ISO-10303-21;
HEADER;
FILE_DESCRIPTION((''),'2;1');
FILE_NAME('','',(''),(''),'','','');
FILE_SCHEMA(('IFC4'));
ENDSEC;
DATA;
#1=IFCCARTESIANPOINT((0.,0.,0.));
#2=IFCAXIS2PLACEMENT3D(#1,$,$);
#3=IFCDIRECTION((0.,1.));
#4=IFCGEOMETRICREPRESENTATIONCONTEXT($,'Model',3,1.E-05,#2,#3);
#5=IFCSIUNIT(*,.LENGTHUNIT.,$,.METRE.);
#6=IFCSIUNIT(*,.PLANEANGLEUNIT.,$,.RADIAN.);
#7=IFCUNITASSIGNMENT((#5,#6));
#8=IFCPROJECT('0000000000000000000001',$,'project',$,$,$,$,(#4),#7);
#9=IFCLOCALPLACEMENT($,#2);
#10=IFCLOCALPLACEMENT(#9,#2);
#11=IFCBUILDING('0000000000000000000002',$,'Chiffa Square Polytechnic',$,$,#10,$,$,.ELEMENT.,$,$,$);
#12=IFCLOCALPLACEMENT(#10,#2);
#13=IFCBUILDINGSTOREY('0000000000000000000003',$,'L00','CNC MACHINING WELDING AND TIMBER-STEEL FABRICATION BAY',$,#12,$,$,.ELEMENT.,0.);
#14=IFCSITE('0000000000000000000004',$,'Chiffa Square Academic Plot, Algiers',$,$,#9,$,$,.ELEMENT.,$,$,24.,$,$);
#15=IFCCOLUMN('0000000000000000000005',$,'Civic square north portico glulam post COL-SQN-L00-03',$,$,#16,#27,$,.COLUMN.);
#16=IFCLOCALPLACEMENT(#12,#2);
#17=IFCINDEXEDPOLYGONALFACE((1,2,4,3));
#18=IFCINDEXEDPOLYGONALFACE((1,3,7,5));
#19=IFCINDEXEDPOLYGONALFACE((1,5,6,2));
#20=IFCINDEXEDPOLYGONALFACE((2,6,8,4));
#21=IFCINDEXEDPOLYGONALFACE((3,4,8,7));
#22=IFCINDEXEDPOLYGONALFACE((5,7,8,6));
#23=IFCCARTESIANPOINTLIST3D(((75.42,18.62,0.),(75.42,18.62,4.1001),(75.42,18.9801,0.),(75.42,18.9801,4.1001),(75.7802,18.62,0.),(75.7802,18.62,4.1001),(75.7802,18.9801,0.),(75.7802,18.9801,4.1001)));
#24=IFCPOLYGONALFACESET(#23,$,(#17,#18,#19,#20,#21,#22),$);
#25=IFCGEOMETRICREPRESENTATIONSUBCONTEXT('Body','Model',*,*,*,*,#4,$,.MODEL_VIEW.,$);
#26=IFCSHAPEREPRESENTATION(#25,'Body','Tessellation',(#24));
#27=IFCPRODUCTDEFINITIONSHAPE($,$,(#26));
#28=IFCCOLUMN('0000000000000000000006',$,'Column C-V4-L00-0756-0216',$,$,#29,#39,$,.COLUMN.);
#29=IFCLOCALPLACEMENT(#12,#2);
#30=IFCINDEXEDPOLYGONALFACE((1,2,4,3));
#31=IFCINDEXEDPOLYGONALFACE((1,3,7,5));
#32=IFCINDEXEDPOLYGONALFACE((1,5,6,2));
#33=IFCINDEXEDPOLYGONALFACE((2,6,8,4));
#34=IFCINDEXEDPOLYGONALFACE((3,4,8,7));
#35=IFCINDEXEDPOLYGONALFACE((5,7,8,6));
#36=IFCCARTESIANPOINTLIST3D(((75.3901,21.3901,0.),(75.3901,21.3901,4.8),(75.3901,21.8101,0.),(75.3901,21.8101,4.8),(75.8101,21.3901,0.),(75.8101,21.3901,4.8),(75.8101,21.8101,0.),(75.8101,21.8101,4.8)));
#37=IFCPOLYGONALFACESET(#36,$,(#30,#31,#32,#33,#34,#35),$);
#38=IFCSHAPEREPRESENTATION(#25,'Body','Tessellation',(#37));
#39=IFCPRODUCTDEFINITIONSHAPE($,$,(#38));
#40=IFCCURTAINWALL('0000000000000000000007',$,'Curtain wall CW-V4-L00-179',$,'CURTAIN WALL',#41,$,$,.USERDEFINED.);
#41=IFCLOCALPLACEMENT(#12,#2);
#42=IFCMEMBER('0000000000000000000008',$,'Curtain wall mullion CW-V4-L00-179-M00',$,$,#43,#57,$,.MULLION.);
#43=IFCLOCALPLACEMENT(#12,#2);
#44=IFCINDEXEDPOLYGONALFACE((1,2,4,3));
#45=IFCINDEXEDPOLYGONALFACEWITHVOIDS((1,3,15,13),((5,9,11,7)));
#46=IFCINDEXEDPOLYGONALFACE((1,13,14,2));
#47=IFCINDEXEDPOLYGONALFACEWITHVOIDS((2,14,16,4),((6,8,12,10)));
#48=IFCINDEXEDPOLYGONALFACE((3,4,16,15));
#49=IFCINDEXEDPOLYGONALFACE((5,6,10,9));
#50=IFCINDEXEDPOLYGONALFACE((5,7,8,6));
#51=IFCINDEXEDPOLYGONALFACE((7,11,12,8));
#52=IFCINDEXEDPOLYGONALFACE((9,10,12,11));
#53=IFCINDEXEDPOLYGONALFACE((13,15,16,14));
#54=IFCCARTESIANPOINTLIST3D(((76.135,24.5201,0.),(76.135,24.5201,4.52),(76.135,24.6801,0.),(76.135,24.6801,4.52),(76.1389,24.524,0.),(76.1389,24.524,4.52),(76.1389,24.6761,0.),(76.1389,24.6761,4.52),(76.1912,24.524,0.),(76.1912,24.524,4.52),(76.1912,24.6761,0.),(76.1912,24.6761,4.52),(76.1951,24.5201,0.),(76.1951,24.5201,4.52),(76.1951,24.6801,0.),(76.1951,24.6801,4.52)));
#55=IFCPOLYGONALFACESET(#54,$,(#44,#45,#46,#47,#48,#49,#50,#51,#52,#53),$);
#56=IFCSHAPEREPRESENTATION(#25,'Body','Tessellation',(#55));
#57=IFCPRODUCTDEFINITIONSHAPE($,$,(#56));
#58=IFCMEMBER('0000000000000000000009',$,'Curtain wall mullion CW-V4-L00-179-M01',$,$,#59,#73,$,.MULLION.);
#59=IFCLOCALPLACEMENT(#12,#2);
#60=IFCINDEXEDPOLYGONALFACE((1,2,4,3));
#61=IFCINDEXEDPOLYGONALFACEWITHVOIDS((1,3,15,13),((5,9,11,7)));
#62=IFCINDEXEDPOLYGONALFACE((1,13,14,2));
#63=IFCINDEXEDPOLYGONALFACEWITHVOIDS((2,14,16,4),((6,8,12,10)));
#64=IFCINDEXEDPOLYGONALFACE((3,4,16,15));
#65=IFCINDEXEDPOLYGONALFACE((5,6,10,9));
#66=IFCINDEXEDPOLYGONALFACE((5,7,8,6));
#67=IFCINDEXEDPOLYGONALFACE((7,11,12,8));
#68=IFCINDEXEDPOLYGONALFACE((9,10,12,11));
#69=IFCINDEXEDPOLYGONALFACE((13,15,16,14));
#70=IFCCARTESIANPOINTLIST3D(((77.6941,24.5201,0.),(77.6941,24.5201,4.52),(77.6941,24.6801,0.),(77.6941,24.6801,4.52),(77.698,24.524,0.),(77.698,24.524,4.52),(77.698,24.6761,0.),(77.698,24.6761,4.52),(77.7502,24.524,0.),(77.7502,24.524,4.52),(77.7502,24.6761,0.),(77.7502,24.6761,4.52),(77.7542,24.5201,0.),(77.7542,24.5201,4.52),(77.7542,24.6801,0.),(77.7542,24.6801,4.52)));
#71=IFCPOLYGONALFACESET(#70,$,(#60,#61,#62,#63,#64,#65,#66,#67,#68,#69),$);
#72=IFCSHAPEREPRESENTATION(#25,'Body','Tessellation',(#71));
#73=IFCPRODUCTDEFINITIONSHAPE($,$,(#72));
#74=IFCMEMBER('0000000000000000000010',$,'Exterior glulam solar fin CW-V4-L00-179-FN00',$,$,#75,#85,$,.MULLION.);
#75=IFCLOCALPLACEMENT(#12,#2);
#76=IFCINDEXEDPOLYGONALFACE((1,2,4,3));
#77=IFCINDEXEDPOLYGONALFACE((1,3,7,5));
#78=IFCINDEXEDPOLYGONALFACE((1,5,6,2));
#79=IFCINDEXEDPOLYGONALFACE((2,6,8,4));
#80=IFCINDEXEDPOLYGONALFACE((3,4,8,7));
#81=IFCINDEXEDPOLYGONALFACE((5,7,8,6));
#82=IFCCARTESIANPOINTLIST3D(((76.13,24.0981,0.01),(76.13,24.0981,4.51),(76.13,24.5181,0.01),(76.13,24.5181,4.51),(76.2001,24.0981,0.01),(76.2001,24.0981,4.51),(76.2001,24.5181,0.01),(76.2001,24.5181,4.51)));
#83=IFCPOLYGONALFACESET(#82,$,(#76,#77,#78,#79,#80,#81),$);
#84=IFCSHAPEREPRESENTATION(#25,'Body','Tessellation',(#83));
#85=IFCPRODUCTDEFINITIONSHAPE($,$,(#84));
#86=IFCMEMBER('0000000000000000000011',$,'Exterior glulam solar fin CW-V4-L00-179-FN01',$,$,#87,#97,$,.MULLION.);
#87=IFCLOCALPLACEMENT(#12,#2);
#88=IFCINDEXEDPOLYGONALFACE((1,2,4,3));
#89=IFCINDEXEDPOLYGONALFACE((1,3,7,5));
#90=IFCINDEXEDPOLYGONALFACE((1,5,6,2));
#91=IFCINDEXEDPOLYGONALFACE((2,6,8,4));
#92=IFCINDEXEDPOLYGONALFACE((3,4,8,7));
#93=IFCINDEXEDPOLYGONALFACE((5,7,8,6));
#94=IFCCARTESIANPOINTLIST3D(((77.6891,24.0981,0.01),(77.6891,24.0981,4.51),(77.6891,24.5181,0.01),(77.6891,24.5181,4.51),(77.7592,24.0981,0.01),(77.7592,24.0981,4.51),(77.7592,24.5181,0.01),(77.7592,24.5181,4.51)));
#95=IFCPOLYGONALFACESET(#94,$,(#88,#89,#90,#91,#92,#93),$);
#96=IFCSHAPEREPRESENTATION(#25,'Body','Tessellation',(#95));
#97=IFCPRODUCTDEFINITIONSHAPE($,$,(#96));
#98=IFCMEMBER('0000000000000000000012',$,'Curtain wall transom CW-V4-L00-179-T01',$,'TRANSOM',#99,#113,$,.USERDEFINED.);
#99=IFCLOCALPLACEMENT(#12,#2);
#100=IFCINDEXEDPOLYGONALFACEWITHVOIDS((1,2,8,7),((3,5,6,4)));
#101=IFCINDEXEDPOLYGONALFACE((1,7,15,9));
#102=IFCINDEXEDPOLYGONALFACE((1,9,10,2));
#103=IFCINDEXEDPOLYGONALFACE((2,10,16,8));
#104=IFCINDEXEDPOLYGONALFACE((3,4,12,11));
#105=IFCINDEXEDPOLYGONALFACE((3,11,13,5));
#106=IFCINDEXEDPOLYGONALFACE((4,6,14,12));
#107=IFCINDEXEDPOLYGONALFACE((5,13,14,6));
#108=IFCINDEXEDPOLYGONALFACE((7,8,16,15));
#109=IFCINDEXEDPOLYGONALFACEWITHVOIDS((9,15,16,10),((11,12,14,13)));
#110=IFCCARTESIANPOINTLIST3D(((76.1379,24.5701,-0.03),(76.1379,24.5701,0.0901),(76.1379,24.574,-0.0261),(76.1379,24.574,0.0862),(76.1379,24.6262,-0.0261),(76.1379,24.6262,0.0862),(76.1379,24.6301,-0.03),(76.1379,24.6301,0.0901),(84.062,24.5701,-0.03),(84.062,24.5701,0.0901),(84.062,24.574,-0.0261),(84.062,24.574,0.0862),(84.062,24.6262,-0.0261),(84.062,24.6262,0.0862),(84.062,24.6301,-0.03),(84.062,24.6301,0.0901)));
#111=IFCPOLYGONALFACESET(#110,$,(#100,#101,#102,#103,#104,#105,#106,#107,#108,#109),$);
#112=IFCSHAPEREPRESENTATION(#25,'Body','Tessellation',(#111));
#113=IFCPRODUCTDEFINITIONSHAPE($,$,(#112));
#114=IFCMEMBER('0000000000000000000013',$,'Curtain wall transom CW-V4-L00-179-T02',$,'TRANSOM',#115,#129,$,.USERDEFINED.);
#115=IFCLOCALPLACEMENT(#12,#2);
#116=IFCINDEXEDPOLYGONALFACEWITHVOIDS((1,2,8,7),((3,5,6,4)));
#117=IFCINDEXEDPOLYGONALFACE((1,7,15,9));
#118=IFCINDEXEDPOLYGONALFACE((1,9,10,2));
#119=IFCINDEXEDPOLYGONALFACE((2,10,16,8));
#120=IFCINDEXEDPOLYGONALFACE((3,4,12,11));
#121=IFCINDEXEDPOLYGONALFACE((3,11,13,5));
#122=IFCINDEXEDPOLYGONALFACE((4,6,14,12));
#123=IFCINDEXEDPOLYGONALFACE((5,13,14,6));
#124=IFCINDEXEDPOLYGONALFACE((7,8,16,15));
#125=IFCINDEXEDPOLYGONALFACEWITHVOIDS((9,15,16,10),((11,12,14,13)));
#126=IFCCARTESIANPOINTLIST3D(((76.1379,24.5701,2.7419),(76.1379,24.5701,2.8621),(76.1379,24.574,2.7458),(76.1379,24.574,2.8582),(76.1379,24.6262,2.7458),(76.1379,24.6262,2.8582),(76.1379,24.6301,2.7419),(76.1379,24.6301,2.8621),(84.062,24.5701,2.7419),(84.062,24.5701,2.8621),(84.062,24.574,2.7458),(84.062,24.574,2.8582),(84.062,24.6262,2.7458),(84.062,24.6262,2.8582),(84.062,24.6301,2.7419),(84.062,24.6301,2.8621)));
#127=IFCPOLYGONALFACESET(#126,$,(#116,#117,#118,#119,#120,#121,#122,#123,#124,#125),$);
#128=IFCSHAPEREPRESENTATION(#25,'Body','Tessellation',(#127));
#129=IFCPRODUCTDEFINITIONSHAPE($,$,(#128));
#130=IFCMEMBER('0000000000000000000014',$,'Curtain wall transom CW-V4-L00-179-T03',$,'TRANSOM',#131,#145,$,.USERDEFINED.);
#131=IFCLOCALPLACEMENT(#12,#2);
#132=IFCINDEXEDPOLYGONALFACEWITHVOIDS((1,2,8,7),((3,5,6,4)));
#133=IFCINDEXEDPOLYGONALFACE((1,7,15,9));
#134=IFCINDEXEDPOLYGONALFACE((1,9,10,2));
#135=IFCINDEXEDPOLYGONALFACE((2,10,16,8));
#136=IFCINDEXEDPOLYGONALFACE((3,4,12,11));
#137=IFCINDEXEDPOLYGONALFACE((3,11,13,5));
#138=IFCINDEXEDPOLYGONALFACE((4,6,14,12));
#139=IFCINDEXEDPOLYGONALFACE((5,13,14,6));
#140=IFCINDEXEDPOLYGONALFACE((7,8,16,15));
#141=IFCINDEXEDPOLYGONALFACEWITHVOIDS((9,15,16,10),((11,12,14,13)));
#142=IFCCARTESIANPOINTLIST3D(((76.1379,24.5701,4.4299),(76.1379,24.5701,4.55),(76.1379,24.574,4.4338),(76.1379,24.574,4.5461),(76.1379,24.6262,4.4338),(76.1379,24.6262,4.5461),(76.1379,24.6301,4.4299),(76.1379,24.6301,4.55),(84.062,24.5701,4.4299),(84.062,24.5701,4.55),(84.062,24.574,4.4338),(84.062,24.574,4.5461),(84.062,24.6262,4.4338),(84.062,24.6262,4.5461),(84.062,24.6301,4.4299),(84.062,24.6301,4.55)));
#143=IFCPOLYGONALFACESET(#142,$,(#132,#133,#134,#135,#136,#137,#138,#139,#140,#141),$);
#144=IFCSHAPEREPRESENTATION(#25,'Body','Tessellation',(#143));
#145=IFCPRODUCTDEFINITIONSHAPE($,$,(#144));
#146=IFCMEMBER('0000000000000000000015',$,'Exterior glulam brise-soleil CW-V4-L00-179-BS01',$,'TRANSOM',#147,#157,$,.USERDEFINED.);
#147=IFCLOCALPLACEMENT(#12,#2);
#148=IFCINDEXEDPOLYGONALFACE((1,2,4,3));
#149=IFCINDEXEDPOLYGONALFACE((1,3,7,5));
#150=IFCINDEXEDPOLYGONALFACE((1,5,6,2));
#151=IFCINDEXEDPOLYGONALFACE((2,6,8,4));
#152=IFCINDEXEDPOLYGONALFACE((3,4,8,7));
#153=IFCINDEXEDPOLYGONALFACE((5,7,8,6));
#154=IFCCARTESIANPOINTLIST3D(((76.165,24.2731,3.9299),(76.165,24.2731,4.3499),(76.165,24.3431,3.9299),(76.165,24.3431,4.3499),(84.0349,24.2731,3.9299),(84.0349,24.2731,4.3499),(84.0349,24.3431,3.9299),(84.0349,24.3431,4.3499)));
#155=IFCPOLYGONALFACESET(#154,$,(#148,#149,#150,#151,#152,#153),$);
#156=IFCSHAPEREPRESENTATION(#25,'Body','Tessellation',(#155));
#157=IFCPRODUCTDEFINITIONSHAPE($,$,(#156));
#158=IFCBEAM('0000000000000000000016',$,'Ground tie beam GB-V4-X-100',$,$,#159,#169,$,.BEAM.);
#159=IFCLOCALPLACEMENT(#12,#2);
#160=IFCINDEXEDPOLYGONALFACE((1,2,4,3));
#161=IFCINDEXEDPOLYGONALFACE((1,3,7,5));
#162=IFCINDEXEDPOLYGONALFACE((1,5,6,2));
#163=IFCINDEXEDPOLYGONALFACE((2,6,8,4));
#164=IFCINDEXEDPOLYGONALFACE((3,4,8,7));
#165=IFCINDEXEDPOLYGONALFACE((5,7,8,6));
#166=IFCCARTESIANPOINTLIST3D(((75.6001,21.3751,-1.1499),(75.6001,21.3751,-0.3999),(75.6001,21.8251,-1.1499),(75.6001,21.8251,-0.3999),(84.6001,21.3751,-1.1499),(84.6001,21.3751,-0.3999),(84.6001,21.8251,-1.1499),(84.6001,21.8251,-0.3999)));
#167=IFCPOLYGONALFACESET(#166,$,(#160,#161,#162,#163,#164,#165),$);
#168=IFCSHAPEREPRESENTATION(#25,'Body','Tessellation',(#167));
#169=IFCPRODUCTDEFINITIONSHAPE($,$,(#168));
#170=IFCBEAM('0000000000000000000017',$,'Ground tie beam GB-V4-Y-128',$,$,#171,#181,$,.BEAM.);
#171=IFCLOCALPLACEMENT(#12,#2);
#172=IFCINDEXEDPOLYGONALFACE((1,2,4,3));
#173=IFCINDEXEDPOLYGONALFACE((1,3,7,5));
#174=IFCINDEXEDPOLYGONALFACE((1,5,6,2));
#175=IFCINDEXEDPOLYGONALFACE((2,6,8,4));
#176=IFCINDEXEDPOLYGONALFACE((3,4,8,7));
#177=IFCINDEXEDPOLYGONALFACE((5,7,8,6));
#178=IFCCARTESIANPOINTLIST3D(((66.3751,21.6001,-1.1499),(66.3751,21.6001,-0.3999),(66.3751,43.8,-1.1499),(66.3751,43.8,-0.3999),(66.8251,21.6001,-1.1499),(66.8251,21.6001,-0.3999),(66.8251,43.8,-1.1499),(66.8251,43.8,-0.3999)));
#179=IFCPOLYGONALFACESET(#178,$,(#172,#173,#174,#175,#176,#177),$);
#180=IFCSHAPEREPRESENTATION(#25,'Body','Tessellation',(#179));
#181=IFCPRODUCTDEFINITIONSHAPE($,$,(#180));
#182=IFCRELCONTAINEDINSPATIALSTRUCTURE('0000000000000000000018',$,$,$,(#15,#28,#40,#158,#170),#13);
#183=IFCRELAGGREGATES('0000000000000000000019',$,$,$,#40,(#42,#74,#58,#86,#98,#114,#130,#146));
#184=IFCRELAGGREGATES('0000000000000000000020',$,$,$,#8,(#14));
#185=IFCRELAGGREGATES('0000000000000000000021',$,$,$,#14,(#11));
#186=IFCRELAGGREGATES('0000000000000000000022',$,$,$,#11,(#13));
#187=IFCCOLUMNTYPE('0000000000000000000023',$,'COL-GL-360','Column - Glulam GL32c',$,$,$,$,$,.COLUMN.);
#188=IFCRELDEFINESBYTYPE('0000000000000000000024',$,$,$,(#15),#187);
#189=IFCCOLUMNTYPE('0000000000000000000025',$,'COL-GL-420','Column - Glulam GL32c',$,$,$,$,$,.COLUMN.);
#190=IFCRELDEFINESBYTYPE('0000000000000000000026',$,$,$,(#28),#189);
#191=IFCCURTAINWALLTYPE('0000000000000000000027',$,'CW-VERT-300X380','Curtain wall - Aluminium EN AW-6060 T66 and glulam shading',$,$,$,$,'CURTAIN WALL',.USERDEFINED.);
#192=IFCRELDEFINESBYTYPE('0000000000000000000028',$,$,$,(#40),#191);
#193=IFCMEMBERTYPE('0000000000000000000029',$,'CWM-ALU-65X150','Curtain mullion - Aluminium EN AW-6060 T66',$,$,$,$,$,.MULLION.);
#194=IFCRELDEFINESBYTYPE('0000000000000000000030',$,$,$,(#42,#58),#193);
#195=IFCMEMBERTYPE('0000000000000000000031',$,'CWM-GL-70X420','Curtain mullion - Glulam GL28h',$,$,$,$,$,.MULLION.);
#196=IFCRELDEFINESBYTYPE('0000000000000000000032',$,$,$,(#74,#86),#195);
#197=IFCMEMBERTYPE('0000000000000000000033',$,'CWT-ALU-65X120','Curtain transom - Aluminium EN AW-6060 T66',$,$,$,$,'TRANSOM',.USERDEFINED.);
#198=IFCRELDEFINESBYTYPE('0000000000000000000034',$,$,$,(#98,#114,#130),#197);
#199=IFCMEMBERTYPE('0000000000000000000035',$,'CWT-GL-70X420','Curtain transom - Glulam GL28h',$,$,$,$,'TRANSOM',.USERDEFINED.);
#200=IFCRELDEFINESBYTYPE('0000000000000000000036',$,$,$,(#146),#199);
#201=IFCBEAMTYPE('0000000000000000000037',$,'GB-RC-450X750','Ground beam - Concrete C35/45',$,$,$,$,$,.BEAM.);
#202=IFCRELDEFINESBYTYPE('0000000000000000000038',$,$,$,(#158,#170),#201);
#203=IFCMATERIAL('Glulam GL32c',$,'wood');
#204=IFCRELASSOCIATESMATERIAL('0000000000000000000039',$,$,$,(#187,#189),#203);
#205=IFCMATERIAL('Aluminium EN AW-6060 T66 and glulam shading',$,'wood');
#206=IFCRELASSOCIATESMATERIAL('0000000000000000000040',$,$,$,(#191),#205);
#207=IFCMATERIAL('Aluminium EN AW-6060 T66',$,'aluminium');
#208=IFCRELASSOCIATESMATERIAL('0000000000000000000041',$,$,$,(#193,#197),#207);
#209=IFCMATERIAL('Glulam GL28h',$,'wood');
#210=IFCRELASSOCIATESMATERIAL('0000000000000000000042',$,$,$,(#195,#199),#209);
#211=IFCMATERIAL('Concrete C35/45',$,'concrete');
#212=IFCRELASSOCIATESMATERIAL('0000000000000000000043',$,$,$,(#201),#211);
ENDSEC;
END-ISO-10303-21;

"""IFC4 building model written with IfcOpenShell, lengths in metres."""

from ifc_helpers import new_model, si_unit, direction, frame, origin, origin_2d, place, context, subcontext, project, spatial, rectangle, hollow_rectangle, extrude, material, material_profile, profile_set, type_object, element, aggregate, save


model = new_model("IFC4")

# Units and contexts
model_context = context("Model", 3, precision=1e-05, world=origin(), true_north=direction((0.0, 1.0)))
body_context = subcontext(model_context, "Body", "Model", "MODEL_VIEW")
ifc_project = project(units=[si_unit("LENGTHUNIT", "METRE"), si_unit("PLANEANGLEUNIT", "RADIAN")], contexts=[model_context])

# Site, building, storey
site_placement = place(None, origin())
site = spatial("IfcSite", under=ifc_project, at=site_placement, Name="Chiffa Square Academic Plot, Algiers", CompositionType="ELEMENT", RefElevation=24.0)
building_placement = place(site_placement, origin())
building = spatial("IfcBuilding", under=site, at=building_placement, Name="Chiffa Square Polytechnic", CompositionType="ELEMENT")
storey_placement = place(building_placement, origin())
storey = spatial("IfcBuildingStorey", under=building, at=storey_placement, Name="L00", Description="CNC MACHINING WELDING AND TIMBER-STEEL FABRICATION BAY", CompositionType="ELEMENT", Elevation=0.0)

# Columns
ifc_material_1 = material(Name="Glulam GL32c", Category="wood")
ifc_material_profile_1 = material_profile(ifc_material_1, rectangle(XDim=0.3601, YDim=0.3601, at=origin_2d()), Name="GL32c 360x360")
ifc_profile_set_1 = profile_set([ifc_material_profile_1], Name="Glulam GL32c")
column_type_1 = type_object("IfcColumnType", Name="COL-GL-360", Description="Column - Glulam GL32c", PredefinedType="COLUMN", material=ifc_profile_set_1)
column_1_placement = place(storey_placement, frame((75.6001, 18.8, 0.0), z_axis=(0.0, 0.0, 1.0), x_axis=(1.0, 0.0, 0.0)))
element("IfcColumn", 1, at=column_1_placement, inside=storey, type_object=column_type_1, Name="Civic square north portico glulam post COL-SQN-L00-03", PredefinedType="COLUMN", context=body_context, shape_type="SweptSolid", body=[
    extrude(rectangle(XDim=0.3601, YDim=0.3601, at=origin_2d()), origin(), (0.0, 0.0, 1.0), 4.1001),
])
ifc_material_profile_2 = material_profile(ifc_material_1, rectangle(XDim=0.4199, YDim=0.4199, at=origin_2d()), Name="GL32c 420x420")
ifc_profile_set_2 = profile_set([ifc_material_profile_2], Name="Glulam GL32c")
column_type_2 = type_object("IfcColumnType", Name="COL-GL-420", Description="Column - Glulam GL32c", PredefinedType="COLUMN", material=ifc_profile_set_2)
column_2_placement = place(storey_placement, frame((75.6001, 21.6001, 0.0), z_axis=(0.0, 0.0, 1.0), x_axis=(1.0, 0.0, 0.0)))
element("IfcColumn", 2, at=column_2_placement, inside=storey, type_object=column_type_2, Name="Column C-V4-L00-0756-0216", PredefinedType="COLUMN", context=body_context, shape_type="SweptSolid", body=[
    extrude(rectangle(XDim=0.4199, YDim=0.4199, at=origin_2d()), origin(), (0.0, 0.0, 1.0), 4.8),
])

# Curtain wall, members
ifc_material_2 = material(Name="Aluminium EN AW-6060 T66 and glulam shading", Category="wood")
curtain_wall_type = type_object("IfcCurtainWallType", Name="CW-VERT-300X380", Description="Curtain wall - Aluminium EN AW-6060 T66 and glulam shading", ElementType="CURTAIN WALL", PredefinedType="USERDEFINED", material=ifc_material_2)
curtain_wall_placement = place(storey_placement, origin())
curtain_wall = element("IfcCurtainWall", 3, at=curtain_wall_placement, inside=storey, type_object=curtain_wall_type, Name="Curtain wall CW-V4-L00-179", ObjectType="CURTAIN WALL", PredefinedType="USERDEFINED")
ifc_material_3 = material(Name="Aluminium EN AW-6060 T66", Category="aluminium")
ifc_material_profile_3 = material_profile(ifc_material_3, hollow_rectangle(XDim=0.0601, YDim=0.1599, WallThickness=0.0039, at=origin_2d()), Name="ALU 60x160x4")
ifc_profile_set_3 = profile_set([ifc_material_profile_3], Name="Aluminium EN AW-6060 T66")
member_type_1 = type_object("IfcMemberType", Name="CWM-ALU-65X150", Description="Curtain mullion - Aluminium EN AW-6060 T66", PredefinedType="MULLION", material=ifc_profile_set_3)
member_1_placement = place(storey_placement, frame((76.165, 24.6001, 0.0), z_axis=(0.0, 0.0, 1.0), x_axis=(1.0, 0.0, 0.0)))
member_1 = element("IfcMember", 4, at=member_1_placement, type_object=member_type_1, Name="Curtain wall mullion CW-V4-L00-179-M00", PredefinedType="MULLION", context=body_context, shape_type="SweptSolid", body=[
    extrude(hollow_rectangle(XDim=0.0601, YDim=0.1599, WallThickness=0.0039, at=origin_2d()), origin(), (0.0, 0.0, 1.0), 4.52),
])
member_2_placement = place(storey_placement, frame((77.7241, 24.6001, 0.0), z_axis=(0.0, 0.0, 1.0), x_axis=(1.0, 0.0, 0.0)))
member_2 = element("IfcMember", 5, at=member_2_placement, type_object=member_type_1, Name="Curtain wall mullion CW-V4-L00-179-M01", PredefinedType="MULLION", context=body_context, shape_type="SweptSolid", body=[
    extrude(hollow_rectangle(XDim=0.0601, YDim=0.1599, WallThickness=0.0039, at=origin_2d()), origin(), (0.0, 0.0, 1.0), 4.52),
])
ifc_material_4 = material(Name="Glulam GL28h", Category="wood")
ifc_material_profile_4 = material_profile(ifc_material_4, rectangle(XDim=0.0701, YDim=0.4199, at=origin_2d()), Name="GL28h 70x420")
ifc_profile_set_4 = profile_set([ifc_material_profile_4], Name="Glulam GL28h")
member_type_2 = type_object("IfcMemberType", Name="CWM-GL-70X420", Description="Curtain mullion - Glulam GL28h", PredefinedType="MULLION", material=ifc_profile_set_4)
member_3_placement = place(storey_placement, frame((76.165, 24.3081, 0.01), z_axis=(0.0, 0.0, 1.0), x_axis=(1.0, 0.0, 0.0)))
member_3 = element("IfcMember", 6, at=member_3_placement, type_object=member_type_2, Name="Exterior glulam solar fin CW-V4-L00-179-FN00", PredefinedType="MULLION", context=body_context, shape_type="SweptSolid", body=[
    extrude(rectangle(XDim=0.0701, YDim=0.4199, at=origin_2d()), origin(), (0.0, 0.0, 1.0), 4.5),
])
member_4_placement = place(storey_placement, frame((77.7241, 24.3081, 0.01), z_axis=(0.0, 0.0, 1.0), x_axis=(1.0, 0.0, 0.0)))
member_4 = element("IfcMember", 7, at=member_4_placement, type_object=member_type_2, Name="Exterior glulam solar fin CW-V4-L00-179-FN01", PredefinedType="MULLION", context=body_context, shape_type="SweptSolid", body=[
    extrude(rectangle(XDim=0.0701, YDim=0.4199, at=origin_2d()), origin(), (0.0, 0.0, 1.0), 4.5),
])
ifc_material_profile_5 = material_profile(ifc_material_3, hollow_rectangle(XDim=0.0601, YDim=0.1201, WallThickness=0.0039, at=origin_2d()), Name="ALU 60x120x4")
ifc_profile_set_5 = profile_set([ifc_material_profile_5], Name="Aluminium EN AW-6060 T66")
member_type_3 = type_object("IfcMemberType", Name="CWT-ALU-65X120", Description="Curtain transom - Aluminium EN AW-6060 T66", ElementType="TRANSOM", PredefinedType="USERDEFINED", material=ifc_profile_set_5)
member_5_placement = place(storey_placement, frame((76.1379, 24.6001, 0.03), z_axis=(1.0, 0.0, 0.0), x_axis=(0.0, 1.0, 0.0)))
member_5 = element("IfcMember", 8, at=member_5_placement, type_object=member_type_3, Name="Curtain wall transom CW-V4-L00-179-T01", ObjectType="TRANSOM", PredefinedType="USERDEFINED", context=body_context, shape_type="SweptSolid", body=[
    extrude(hollow_rectangle(XDim=0.0601, YDim=0.1201, WallThickness=0.0039, at=origin_2d()), origin(), (0.0, 0.0, 1.0), 7.9241),
])
member_6_placement = place(storey_placement, frame((76.1379, 24.6001, 2.802), z_axis=(1.0, 0.0, 0.0), x_axis=(0.0, 1.0, 0.0)))
member_6 = element("IfcMember", 9, at=member_6_placement, type_object=member_type_3, Name="Curtain wall transom CW-V4-L00-179-T02", ObjectType="TRANSOM", PredefinedType="USERDEFINED", context=body_context, shape_type="SweptSolid", body=[
    extrude(hollow_rectangle(XDim=0.0601, YDim=0.1201, WallThickness=0.0039, at=origin_2d()), origin(), (0.0, 0.0, 1.0), 7.9241),
])
member_7_placement = place(storey_placement, frame((76.1379, 24.6001, 4.49), z_axis=(1.0, 0.0, 0.0), x_axis=(0.0, 1.0, 0.0)))
member_7 = element("IfcMember", 10, at=member_7_placement, type_object=member_type_3, Name="Curtain wall transom CW-V4-L00-179-T03", ObjectType="TRANSOM", PredefinedType="USERDEFINED", context=body_context, shape_type="SweptSolid", body=[
    extrude(hollow_rectangle(XDim=0.0601, YDim=0.1201, WallThickness=0.0039, at=origin_2d()), origin(), (0.0, 0.0, 1.0), 7.9241),
])
ifc_material_profile_6 = material_profile(ifc_material_4, rectangle(XDim=0.0701, YDim=0.4199, at=origin_2d()), Name="GL28h 70x420")
ifc_profile_set_6 = profile_set([ifc_material_profile_6], Name="Glulam GL28h")
member_type_4 = type_object("IfcMemberType", Name="CWT-GL-70X420", Description="Curtain transom - Glulam GL28h", ElementType="TRANSOM", PredefinedType="USERDEFINED", material=ifc_profile_set_6)
member_8_placement = place(storey_placement, frame((76.165, 24.3081, 4.1399), z_axis=(1.0, 0.0, 0.0), x_axis=(0.0, 1.0, 0.0)))
member_8 = element("IfcMember", 11, at=member_8_placement, type_object=member_type_4, Name="Exterior glulam brise-soleil CW-V4-L00-179-BS01", ObjectType="TRANSOM", PredefinedType="USERDEFINED", context=body_context, shape_type="SweptSolid", body=[
    extrude(rectangle(XDim=0.0701, YDim=0.4199, at=origin_2d()), origin(), (0.0, 0.0, 1.0), 7.8699),
])

# Beams
ifc_material_5 = material(Name="Concrete C35/45", Category="concrete")
ifc_material_profile_7 = material_profile(ifc_material_5, rectangle(XDim=0.45, YDim=0.75, at=origin_2d()), Name="RC 450x750")
ifc_profile_set_7 = profile_set([ifc_material_profile_7], Name="Concrete C35/45")
beam_type_1 = type_object("IfcBeamType", Name="GB-RC-450X750", Description="Ground beam - Concrete C35/45", PredefinedType="BEAM", material=ifc_profile_set_7)
beam_1_placement = place(storey_placement, frame((75.6001, 21.6001, -0.7749), z_axis=(1.0, 0.0, 0.0), x_axis=(0.0, 1.0, 0.0)))
element("IfcBeam", 12, at=beam_1_placement, inside=storey, type_object=beam_type_1, Name="Ground tie beam GB-V4-X-100", PredefinedType="BEAM", context=body_context, shape_type="SweptSolid", body=[
    extrude(rectangle(XDim=0.45, YDim=0.75, at=origin_2d()), origin(), (0.0, 0.0, 1.0), 9.0),
])
beam_2_placement = place(storey_placement, frame((66.6001, 21.6001, -0.7749), z_axis=(0.0, 1.0, 0.0), x_axis=(-1.0, 0.0, 0.0)))
element("IfcBeam", 13, at=beam_2_placement, inside=storey, type_object=beam_type_1, Name="Ground tie beam GB-V4-Y-128", PredefinedType="BEAM", context=body_context, shape_type="SweptSolid", body=[
    extrude(rectangle(XDim=0.45, YDim=0.75, at=origin_2d()), origin(), (0.0, 0.0, 1.0), 22.2),
])

aggregate(curtain_wall, [member_1, member_3, member_2, member_4, member_5, member_6, member_7, member_8])

save(model, "model.ifc")
